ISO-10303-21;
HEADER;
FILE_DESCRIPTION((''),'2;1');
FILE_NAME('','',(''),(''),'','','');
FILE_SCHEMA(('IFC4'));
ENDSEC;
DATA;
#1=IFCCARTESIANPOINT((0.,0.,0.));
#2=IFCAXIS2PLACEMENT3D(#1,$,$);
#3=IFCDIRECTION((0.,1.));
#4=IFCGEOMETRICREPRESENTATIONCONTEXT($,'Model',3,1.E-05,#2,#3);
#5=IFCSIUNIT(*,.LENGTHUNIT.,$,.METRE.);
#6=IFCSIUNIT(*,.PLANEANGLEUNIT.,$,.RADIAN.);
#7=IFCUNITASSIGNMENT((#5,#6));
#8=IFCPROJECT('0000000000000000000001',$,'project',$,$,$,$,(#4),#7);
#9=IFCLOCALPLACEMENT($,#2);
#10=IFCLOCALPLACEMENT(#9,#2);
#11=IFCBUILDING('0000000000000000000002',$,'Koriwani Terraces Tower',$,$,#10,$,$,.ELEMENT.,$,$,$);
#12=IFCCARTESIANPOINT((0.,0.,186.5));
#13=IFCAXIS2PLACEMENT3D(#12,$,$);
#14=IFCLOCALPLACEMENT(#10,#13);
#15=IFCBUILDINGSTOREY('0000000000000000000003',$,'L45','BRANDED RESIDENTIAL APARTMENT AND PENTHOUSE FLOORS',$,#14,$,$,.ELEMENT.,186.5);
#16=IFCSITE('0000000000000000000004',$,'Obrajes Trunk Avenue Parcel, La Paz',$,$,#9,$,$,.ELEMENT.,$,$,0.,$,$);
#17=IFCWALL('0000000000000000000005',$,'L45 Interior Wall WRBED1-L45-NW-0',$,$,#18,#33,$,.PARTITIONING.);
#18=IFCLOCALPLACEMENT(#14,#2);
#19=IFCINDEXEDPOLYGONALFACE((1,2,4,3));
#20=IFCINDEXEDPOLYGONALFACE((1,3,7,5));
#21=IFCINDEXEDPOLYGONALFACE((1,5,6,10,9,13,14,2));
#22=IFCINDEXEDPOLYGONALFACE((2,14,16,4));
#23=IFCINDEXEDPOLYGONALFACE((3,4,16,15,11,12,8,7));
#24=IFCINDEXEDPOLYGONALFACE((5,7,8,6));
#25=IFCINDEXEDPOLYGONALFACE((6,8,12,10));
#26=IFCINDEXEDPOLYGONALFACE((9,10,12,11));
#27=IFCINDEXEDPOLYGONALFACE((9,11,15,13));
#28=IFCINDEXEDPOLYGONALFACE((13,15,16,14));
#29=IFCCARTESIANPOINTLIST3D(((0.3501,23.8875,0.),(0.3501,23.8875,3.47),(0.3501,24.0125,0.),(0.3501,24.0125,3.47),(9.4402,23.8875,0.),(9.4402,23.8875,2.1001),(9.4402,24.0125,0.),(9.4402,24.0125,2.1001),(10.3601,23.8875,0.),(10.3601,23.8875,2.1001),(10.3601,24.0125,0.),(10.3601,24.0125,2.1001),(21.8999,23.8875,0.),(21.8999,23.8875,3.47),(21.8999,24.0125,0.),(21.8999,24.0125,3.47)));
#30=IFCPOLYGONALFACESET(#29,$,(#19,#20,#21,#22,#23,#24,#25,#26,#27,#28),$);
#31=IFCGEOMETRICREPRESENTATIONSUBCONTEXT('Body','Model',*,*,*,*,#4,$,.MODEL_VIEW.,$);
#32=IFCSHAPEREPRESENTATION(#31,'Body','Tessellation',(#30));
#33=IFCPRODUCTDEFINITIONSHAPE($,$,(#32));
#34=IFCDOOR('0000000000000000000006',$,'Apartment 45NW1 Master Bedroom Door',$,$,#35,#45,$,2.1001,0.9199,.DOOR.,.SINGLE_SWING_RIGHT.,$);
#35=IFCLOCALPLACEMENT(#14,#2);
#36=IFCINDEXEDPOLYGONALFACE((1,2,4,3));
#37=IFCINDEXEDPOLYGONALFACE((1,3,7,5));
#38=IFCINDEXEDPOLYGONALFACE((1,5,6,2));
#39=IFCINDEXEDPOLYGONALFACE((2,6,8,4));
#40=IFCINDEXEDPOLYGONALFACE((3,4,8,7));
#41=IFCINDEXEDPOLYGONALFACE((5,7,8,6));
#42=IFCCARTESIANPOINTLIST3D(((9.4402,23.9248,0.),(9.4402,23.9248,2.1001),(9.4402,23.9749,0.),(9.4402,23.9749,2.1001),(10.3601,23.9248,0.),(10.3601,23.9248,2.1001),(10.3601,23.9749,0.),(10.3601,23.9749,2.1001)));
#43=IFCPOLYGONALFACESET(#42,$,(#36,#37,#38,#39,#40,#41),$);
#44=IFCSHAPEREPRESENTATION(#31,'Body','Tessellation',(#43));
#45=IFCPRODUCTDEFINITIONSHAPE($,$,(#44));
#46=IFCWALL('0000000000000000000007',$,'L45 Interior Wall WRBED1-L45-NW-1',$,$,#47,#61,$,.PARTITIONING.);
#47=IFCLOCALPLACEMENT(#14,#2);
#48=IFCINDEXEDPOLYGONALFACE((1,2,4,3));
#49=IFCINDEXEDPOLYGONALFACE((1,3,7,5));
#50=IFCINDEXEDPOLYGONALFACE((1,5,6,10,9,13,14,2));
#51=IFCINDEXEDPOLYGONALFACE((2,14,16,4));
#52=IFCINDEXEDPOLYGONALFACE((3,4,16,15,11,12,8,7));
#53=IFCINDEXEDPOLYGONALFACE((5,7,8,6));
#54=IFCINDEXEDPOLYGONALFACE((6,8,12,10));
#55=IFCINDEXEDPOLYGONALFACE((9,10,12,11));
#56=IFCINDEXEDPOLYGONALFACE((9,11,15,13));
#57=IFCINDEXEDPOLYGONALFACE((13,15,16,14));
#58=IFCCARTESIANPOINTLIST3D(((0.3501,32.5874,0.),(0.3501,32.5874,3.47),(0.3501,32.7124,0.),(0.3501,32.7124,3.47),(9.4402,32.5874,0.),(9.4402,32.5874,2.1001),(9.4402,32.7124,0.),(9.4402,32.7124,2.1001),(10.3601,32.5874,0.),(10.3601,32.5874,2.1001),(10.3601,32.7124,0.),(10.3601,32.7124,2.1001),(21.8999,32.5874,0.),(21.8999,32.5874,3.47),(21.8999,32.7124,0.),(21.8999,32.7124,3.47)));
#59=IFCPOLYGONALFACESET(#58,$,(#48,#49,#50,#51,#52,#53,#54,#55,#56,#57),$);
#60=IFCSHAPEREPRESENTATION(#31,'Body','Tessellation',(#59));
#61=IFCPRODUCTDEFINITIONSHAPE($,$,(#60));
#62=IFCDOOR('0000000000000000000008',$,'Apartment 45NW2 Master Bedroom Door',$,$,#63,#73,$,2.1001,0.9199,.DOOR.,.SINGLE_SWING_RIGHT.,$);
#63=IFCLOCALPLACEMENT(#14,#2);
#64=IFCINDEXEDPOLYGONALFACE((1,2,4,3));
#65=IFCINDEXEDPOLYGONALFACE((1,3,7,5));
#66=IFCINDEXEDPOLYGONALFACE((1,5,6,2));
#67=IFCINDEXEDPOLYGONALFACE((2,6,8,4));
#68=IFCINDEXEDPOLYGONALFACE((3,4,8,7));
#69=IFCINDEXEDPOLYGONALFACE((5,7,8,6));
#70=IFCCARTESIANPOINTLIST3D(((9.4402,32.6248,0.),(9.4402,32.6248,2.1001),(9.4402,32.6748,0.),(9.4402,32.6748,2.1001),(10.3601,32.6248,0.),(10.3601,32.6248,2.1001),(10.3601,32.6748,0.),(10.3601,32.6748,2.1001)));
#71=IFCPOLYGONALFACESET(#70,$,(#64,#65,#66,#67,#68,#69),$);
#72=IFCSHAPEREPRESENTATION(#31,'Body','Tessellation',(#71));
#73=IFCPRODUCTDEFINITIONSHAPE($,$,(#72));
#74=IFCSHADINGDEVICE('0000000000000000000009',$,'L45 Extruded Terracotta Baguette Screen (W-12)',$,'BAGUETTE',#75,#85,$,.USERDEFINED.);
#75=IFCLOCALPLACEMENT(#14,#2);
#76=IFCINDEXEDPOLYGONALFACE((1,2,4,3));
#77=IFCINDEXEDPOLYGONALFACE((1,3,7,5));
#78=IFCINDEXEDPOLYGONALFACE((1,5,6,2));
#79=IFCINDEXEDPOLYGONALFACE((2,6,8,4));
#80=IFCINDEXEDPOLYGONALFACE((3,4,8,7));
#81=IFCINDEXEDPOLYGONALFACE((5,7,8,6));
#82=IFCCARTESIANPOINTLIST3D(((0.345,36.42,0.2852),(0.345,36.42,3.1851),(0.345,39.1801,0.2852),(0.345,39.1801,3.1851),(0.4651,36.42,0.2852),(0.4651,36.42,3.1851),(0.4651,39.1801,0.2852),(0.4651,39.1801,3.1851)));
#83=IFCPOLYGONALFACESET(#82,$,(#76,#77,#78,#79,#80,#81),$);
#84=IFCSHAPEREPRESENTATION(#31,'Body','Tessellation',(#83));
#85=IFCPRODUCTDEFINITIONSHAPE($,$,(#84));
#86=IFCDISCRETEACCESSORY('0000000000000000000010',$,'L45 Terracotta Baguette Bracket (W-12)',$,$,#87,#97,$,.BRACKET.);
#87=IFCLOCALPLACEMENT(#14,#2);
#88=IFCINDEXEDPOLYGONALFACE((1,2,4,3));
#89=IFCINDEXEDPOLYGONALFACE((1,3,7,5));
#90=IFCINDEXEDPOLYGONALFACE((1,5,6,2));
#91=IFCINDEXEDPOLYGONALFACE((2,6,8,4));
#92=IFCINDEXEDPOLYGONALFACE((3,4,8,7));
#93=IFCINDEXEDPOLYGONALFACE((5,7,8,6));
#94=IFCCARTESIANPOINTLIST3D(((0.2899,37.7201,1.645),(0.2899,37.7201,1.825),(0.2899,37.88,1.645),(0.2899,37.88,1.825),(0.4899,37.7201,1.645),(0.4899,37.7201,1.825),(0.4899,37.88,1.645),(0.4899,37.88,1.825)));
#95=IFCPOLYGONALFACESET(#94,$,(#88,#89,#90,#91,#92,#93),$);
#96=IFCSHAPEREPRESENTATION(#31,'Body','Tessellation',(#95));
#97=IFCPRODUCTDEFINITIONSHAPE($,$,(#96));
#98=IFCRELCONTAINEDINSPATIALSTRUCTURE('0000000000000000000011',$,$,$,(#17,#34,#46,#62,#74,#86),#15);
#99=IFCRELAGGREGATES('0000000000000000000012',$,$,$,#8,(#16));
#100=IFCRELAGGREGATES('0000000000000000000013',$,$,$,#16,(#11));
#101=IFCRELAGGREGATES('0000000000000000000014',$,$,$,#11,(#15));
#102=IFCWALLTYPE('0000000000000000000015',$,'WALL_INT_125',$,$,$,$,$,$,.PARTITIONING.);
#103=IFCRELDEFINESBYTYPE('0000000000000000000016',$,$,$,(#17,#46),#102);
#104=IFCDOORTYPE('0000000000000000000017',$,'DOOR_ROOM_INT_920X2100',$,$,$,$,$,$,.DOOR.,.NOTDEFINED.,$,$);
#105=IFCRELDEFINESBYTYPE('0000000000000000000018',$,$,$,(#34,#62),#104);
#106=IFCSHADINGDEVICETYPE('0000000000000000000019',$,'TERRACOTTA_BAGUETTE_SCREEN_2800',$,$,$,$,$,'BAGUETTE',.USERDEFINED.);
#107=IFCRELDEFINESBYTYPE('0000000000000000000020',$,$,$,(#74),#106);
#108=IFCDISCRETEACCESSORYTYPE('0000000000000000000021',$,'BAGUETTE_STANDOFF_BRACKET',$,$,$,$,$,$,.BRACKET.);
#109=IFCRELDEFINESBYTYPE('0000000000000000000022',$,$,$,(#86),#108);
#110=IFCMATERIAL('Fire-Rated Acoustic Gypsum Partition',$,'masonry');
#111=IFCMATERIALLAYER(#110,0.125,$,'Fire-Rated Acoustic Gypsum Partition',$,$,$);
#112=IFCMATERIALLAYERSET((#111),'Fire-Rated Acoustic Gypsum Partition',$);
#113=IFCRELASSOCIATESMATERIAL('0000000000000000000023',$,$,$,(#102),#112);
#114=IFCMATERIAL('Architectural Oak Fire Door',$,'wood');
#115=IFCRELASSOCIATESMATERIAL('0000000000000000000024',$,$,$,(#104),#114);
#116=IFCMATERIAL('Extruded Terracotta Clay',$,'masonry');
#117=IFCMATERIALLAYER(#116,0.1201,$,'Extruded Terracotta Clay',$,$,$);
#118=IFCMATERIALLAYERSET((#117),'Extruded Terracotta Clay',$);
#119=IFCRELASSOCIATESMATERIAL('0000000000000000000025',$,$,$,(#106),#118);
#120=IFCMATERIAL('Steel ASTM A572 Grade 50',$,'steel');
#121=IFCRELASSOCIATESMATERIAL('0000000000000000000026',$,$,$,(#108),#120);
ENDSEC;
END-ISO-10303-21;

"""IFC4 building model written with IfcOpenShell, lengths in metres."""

from ifc_helpers import new_model, si_unit, direction, frame, frame_2d, origin, origin_2d, place, context, subcontext, project, spatial, rectangle, extrude, material, layer, layer_set, type_object, element, fill, save


model = new_model("IFC4")

# Units and contexts
model_context = context("Model", 3, precision=1e-05, world=origin(), true_north=direction((0.0, 1.0)))
body_context = subcontext(model_context, "Body", "Model", "MODEL_VIEW")
ifc_project = project(units=[si_unit("LENGTHUNIT", "METRE"), si_unit("PLANEANGLEUNIT", "RADIAN")], contexts=[model_context])

# Site, building, storey
site_placement = place(None, origin())
site = spatial("IfcSite", under=ifc_project, at=site_placement, Name="Obrajes Trunk Avenue Parcel, La Paz", CompositionType="ELEMENT", RefElevation=0.0)
building_placement = place(site_placement, origin())
building = spatial("IfcBuilding", under=site, at=building_placement, Name="Koriwani Terraces Tower", CompositionType="ELEMENT")
storey_placement = place(building_placement, frame((0.0, 0.0, 186.5)))
storey = spatial("IfcBuildingStorey", under=building, at=storey_placement, Name="L45", Description="BRANDED RESIDENTIAL APARTMENT AND PENTHOUSE FLOORS", CompositionType="ELEMENT", Elevation=186.5)

# Shared definitions
ifc_material_1 = material(Name="Steel ASTM A572 Grade 50", Category="steel")

# Shared definitions
ifc_material_2 = material(Name="Architectural Oak Fire Door", Category="wood")

# Walls, openings, doors
ifc_material_3 = material(Name="Fire-Rated Acoustic Gypsum Partition", Category="masonry")
ifc_layer_1 = layer(ifc_material_3, 0.125, Name="Fire-Rated Acoustic Gypsum Partition")
ifc_layer_set_1 = layer_set([ifc_layer_1], Name="Fire-Rated Acoustic Gypsum Partition")
wall_type_1 = type_object("IfcWallType", Name="WALL_INT_125", PredefinedType="PARTITIONING", material=ifc_layer_set_1)
wall_1_placement = place(storey_placement, frame((0.3501, 23.95, 0.0), z_axis=(0.0, 0.0, 1.0), x_axis=(1.0, 0.0, 0.0)))
wall_1 = element("IfcWall", 1, at=wall_1_placement, inside=storey, type_object=wall_type_1, Name="L45 Interior Wall WRBED1-L45-NW-0", PredefinedType="PARTITIONING", context=body_context, shape_type="SweptSolid", body=[
    extrude(rectangle(XDim=21.5498, YDim=0.125, at=frame_2d((10.7749, 0.0))), origin(), (0.0, 0.0, 1.0), 3.47),
])
opening_1_placement = place(wall_1_placement, frame((9.0901, 0.0, 0.0)))
opening_1 = element("IfcOpeningElement", 2, at=opening_1_placement, cuts=wall_1, PredefinedType="OPENING", context=body_context, shape_type="SweptSolid", body=[
    extrude(rectangle(XDim=0.9199, YDim=2.1001, at=frame_2d((0.46, 1.05))), frame((0.0, 0.0725, 0.0), z_axis=(0.0, -1.0, 0.0), x_axis=(1.0, 0.0, 0.0)), (0.0, 0.0, 1.0), 0.145),
])
door_type_1 = type_object("IfcDoorType", Name="DOOR_ROOM_INT_920X2100", OperationType="NOTDEFINED", PredefinedType="DOOR", material=ifc_material_2)
door_1_placement = place(opening_1_placement, origin())
door_1 = element("IfcDoor", 3, at=door_1_placement, inside=storey, type_object=door_type_1, Name="Apartment 45NW1 Master Bedroom Door", OperationType="SINGLE_SWING_RIGHT", OverallHeight=2.1001, OverallWidth=0.9199, PredefinedType="DOOR", context=body_context, shape_type="SweptSolid", body=[
    extrude(rectangle(XDim=0.9199, YDim=2.1001, at=frame_2d((0.46, 1.05))), frame((0.0, 0.0249, 0.0), z_axis=(0.0, -1.0, 0.0), x_axis=(1.0, 0.0, 0.0)), (0.0, 0.0, 1.0), 0.05),
])
fill(opening_1, door_1)
wall_2_placement = place(storey_placement, frame((0.3501, 32.6499, 0.0), z_axis=(0.0, 0.0, 1.0), x_axis=(1.0, 0.0, 0.0)))
wall_2 = element("IfcWall", 4, at=wall_2_placement, inside=storey, type_object=wall_type_1, Name="L45 Interior Wall WRBED1-L45-NW-1", PredefinedType="PARTITIONING", context=body_context, shape_type="SweptSolid", body=[
    extrude(rectangle(XDim=21.5498, YDim=0.125, at=frame_2d((10.7749, 0.0))), origin(), (0.0, 0.0, 1.0), 3.47),
])
opening_2_placement = place(wall_2_placement, frame((9.0901, 0.0, 0.0)))
opening_2 = element("IfcOpeningElement", 5, at=opening_2_placement, cuts=wall_2, PredefinedType="OPENING", context=body_context, shape_type="SweptSolid", body=[
    extrude(rectangle(XDim=0.9199, YDim=2.1001, at=frame_2d((0.46, 1.05))), frame((0.0, 0.0725, 0.0), z_axis=(0.0, -1.0, 0.0), x_axis=(1.0, 0.0, 0.0)), (0.0, 0.0, 1.0), 0.145),
])
door_2_placement = place(opening_2_placement, origin())
door_2 = element("IfcDoor", 6, at=door_2_placement, inside=storey, type_object=door_type_1, Name="Apartment 45NW2 Master Bedroom Door", OperationType="SINGLE_SWING_RIGHT", OverallHeight=2.1001, OverallWidth=0.9199, PredefinedType="DOOR", context=body_context, shape_type="SweptSolid", body=[
    extrude(rectangle(XDim=0.9199, YDim=2.1001, at=frame_2d((0.46, 1.05))), frame((0.0, 0.0249, 0.0), z_axis=(0.0, -1.0, 0.0), x_axis=(1.0, 0.0, 0.0)), (0.0, 0.0, 1.0), 0.05),
])
fill(opening_2, door_2)

# Shading device
ifc_material_4 = material(Name="Extruded Terracotta Clay", Category="masonry")
ifc_layer_2 = layer(ifc_material_4, 0.1201, Name="Extruded Terracotta Clay")
ifc_layer_set_2 = layer_set([ifc_layer_2], Name="Extruded Terracotta Clay")
shading_device_type = type_object("IfcShadingDeviceType", Name="TERRACOTTA_BAGUETTE_SCREEN_2800", ElementType="BAGUETTE", PredefinedType="USERDEFINED", material=ifc_layer_set_2)
shading_device_placement = place(storey_placement, frame((0.405, 37.8, 0.2852), z_axis=(0.0, 0.0, 1.0), x_axis=(0.0, 1.0, 0.0)))
element("IfcShadingDevice", 7, at=shading_device_placement, inside=storey, type_object=shading_device_type, Name="L45 Extruded Terracotta Baguette Screen (W-12)", ObjectType="BAGUETTE", PredefinedType="USERDEFINED", context=body_context, shape_type="SweptSolid", body=[
    extrude(rectangle(XDim=2.76, YDim=0.1201, at=origin_2d()), origin(), (0.0, 0.0, 1.0), 2.8999),
])

# Discrete accessory
discrete_accessory_type = type_object("IfcDiscreteAccessoryType", Name="BAGUETTE_STANDOFF_BRACKET", PredefinedType="BRACKET", material=ifc_material_1)
discrete_accessory_placement = place(storey_placement, frame((0.3899, 37.8, 1.645), z_axis=(0.0, 0.0, 1.0), x_axis=(0.0, 1.0, 0.0)))
element("IfcDiscreteAccessory", 8, at=discrete_accessory_placement, inside=storey, type_object=discrete_accessory_type, Name="L45 Terracotta Baguette Bracket (W-12)", PredefinedType="BRACKET", context=body_context, shape_type="SweptSolid", body=[
    extrude(rectangle(XDim=0.1599, YDim=0.2, at=origin_2d()), origin(), (0.0, 0.0, 1.0), 0.1799),
])

save(model, "model.ifc")
